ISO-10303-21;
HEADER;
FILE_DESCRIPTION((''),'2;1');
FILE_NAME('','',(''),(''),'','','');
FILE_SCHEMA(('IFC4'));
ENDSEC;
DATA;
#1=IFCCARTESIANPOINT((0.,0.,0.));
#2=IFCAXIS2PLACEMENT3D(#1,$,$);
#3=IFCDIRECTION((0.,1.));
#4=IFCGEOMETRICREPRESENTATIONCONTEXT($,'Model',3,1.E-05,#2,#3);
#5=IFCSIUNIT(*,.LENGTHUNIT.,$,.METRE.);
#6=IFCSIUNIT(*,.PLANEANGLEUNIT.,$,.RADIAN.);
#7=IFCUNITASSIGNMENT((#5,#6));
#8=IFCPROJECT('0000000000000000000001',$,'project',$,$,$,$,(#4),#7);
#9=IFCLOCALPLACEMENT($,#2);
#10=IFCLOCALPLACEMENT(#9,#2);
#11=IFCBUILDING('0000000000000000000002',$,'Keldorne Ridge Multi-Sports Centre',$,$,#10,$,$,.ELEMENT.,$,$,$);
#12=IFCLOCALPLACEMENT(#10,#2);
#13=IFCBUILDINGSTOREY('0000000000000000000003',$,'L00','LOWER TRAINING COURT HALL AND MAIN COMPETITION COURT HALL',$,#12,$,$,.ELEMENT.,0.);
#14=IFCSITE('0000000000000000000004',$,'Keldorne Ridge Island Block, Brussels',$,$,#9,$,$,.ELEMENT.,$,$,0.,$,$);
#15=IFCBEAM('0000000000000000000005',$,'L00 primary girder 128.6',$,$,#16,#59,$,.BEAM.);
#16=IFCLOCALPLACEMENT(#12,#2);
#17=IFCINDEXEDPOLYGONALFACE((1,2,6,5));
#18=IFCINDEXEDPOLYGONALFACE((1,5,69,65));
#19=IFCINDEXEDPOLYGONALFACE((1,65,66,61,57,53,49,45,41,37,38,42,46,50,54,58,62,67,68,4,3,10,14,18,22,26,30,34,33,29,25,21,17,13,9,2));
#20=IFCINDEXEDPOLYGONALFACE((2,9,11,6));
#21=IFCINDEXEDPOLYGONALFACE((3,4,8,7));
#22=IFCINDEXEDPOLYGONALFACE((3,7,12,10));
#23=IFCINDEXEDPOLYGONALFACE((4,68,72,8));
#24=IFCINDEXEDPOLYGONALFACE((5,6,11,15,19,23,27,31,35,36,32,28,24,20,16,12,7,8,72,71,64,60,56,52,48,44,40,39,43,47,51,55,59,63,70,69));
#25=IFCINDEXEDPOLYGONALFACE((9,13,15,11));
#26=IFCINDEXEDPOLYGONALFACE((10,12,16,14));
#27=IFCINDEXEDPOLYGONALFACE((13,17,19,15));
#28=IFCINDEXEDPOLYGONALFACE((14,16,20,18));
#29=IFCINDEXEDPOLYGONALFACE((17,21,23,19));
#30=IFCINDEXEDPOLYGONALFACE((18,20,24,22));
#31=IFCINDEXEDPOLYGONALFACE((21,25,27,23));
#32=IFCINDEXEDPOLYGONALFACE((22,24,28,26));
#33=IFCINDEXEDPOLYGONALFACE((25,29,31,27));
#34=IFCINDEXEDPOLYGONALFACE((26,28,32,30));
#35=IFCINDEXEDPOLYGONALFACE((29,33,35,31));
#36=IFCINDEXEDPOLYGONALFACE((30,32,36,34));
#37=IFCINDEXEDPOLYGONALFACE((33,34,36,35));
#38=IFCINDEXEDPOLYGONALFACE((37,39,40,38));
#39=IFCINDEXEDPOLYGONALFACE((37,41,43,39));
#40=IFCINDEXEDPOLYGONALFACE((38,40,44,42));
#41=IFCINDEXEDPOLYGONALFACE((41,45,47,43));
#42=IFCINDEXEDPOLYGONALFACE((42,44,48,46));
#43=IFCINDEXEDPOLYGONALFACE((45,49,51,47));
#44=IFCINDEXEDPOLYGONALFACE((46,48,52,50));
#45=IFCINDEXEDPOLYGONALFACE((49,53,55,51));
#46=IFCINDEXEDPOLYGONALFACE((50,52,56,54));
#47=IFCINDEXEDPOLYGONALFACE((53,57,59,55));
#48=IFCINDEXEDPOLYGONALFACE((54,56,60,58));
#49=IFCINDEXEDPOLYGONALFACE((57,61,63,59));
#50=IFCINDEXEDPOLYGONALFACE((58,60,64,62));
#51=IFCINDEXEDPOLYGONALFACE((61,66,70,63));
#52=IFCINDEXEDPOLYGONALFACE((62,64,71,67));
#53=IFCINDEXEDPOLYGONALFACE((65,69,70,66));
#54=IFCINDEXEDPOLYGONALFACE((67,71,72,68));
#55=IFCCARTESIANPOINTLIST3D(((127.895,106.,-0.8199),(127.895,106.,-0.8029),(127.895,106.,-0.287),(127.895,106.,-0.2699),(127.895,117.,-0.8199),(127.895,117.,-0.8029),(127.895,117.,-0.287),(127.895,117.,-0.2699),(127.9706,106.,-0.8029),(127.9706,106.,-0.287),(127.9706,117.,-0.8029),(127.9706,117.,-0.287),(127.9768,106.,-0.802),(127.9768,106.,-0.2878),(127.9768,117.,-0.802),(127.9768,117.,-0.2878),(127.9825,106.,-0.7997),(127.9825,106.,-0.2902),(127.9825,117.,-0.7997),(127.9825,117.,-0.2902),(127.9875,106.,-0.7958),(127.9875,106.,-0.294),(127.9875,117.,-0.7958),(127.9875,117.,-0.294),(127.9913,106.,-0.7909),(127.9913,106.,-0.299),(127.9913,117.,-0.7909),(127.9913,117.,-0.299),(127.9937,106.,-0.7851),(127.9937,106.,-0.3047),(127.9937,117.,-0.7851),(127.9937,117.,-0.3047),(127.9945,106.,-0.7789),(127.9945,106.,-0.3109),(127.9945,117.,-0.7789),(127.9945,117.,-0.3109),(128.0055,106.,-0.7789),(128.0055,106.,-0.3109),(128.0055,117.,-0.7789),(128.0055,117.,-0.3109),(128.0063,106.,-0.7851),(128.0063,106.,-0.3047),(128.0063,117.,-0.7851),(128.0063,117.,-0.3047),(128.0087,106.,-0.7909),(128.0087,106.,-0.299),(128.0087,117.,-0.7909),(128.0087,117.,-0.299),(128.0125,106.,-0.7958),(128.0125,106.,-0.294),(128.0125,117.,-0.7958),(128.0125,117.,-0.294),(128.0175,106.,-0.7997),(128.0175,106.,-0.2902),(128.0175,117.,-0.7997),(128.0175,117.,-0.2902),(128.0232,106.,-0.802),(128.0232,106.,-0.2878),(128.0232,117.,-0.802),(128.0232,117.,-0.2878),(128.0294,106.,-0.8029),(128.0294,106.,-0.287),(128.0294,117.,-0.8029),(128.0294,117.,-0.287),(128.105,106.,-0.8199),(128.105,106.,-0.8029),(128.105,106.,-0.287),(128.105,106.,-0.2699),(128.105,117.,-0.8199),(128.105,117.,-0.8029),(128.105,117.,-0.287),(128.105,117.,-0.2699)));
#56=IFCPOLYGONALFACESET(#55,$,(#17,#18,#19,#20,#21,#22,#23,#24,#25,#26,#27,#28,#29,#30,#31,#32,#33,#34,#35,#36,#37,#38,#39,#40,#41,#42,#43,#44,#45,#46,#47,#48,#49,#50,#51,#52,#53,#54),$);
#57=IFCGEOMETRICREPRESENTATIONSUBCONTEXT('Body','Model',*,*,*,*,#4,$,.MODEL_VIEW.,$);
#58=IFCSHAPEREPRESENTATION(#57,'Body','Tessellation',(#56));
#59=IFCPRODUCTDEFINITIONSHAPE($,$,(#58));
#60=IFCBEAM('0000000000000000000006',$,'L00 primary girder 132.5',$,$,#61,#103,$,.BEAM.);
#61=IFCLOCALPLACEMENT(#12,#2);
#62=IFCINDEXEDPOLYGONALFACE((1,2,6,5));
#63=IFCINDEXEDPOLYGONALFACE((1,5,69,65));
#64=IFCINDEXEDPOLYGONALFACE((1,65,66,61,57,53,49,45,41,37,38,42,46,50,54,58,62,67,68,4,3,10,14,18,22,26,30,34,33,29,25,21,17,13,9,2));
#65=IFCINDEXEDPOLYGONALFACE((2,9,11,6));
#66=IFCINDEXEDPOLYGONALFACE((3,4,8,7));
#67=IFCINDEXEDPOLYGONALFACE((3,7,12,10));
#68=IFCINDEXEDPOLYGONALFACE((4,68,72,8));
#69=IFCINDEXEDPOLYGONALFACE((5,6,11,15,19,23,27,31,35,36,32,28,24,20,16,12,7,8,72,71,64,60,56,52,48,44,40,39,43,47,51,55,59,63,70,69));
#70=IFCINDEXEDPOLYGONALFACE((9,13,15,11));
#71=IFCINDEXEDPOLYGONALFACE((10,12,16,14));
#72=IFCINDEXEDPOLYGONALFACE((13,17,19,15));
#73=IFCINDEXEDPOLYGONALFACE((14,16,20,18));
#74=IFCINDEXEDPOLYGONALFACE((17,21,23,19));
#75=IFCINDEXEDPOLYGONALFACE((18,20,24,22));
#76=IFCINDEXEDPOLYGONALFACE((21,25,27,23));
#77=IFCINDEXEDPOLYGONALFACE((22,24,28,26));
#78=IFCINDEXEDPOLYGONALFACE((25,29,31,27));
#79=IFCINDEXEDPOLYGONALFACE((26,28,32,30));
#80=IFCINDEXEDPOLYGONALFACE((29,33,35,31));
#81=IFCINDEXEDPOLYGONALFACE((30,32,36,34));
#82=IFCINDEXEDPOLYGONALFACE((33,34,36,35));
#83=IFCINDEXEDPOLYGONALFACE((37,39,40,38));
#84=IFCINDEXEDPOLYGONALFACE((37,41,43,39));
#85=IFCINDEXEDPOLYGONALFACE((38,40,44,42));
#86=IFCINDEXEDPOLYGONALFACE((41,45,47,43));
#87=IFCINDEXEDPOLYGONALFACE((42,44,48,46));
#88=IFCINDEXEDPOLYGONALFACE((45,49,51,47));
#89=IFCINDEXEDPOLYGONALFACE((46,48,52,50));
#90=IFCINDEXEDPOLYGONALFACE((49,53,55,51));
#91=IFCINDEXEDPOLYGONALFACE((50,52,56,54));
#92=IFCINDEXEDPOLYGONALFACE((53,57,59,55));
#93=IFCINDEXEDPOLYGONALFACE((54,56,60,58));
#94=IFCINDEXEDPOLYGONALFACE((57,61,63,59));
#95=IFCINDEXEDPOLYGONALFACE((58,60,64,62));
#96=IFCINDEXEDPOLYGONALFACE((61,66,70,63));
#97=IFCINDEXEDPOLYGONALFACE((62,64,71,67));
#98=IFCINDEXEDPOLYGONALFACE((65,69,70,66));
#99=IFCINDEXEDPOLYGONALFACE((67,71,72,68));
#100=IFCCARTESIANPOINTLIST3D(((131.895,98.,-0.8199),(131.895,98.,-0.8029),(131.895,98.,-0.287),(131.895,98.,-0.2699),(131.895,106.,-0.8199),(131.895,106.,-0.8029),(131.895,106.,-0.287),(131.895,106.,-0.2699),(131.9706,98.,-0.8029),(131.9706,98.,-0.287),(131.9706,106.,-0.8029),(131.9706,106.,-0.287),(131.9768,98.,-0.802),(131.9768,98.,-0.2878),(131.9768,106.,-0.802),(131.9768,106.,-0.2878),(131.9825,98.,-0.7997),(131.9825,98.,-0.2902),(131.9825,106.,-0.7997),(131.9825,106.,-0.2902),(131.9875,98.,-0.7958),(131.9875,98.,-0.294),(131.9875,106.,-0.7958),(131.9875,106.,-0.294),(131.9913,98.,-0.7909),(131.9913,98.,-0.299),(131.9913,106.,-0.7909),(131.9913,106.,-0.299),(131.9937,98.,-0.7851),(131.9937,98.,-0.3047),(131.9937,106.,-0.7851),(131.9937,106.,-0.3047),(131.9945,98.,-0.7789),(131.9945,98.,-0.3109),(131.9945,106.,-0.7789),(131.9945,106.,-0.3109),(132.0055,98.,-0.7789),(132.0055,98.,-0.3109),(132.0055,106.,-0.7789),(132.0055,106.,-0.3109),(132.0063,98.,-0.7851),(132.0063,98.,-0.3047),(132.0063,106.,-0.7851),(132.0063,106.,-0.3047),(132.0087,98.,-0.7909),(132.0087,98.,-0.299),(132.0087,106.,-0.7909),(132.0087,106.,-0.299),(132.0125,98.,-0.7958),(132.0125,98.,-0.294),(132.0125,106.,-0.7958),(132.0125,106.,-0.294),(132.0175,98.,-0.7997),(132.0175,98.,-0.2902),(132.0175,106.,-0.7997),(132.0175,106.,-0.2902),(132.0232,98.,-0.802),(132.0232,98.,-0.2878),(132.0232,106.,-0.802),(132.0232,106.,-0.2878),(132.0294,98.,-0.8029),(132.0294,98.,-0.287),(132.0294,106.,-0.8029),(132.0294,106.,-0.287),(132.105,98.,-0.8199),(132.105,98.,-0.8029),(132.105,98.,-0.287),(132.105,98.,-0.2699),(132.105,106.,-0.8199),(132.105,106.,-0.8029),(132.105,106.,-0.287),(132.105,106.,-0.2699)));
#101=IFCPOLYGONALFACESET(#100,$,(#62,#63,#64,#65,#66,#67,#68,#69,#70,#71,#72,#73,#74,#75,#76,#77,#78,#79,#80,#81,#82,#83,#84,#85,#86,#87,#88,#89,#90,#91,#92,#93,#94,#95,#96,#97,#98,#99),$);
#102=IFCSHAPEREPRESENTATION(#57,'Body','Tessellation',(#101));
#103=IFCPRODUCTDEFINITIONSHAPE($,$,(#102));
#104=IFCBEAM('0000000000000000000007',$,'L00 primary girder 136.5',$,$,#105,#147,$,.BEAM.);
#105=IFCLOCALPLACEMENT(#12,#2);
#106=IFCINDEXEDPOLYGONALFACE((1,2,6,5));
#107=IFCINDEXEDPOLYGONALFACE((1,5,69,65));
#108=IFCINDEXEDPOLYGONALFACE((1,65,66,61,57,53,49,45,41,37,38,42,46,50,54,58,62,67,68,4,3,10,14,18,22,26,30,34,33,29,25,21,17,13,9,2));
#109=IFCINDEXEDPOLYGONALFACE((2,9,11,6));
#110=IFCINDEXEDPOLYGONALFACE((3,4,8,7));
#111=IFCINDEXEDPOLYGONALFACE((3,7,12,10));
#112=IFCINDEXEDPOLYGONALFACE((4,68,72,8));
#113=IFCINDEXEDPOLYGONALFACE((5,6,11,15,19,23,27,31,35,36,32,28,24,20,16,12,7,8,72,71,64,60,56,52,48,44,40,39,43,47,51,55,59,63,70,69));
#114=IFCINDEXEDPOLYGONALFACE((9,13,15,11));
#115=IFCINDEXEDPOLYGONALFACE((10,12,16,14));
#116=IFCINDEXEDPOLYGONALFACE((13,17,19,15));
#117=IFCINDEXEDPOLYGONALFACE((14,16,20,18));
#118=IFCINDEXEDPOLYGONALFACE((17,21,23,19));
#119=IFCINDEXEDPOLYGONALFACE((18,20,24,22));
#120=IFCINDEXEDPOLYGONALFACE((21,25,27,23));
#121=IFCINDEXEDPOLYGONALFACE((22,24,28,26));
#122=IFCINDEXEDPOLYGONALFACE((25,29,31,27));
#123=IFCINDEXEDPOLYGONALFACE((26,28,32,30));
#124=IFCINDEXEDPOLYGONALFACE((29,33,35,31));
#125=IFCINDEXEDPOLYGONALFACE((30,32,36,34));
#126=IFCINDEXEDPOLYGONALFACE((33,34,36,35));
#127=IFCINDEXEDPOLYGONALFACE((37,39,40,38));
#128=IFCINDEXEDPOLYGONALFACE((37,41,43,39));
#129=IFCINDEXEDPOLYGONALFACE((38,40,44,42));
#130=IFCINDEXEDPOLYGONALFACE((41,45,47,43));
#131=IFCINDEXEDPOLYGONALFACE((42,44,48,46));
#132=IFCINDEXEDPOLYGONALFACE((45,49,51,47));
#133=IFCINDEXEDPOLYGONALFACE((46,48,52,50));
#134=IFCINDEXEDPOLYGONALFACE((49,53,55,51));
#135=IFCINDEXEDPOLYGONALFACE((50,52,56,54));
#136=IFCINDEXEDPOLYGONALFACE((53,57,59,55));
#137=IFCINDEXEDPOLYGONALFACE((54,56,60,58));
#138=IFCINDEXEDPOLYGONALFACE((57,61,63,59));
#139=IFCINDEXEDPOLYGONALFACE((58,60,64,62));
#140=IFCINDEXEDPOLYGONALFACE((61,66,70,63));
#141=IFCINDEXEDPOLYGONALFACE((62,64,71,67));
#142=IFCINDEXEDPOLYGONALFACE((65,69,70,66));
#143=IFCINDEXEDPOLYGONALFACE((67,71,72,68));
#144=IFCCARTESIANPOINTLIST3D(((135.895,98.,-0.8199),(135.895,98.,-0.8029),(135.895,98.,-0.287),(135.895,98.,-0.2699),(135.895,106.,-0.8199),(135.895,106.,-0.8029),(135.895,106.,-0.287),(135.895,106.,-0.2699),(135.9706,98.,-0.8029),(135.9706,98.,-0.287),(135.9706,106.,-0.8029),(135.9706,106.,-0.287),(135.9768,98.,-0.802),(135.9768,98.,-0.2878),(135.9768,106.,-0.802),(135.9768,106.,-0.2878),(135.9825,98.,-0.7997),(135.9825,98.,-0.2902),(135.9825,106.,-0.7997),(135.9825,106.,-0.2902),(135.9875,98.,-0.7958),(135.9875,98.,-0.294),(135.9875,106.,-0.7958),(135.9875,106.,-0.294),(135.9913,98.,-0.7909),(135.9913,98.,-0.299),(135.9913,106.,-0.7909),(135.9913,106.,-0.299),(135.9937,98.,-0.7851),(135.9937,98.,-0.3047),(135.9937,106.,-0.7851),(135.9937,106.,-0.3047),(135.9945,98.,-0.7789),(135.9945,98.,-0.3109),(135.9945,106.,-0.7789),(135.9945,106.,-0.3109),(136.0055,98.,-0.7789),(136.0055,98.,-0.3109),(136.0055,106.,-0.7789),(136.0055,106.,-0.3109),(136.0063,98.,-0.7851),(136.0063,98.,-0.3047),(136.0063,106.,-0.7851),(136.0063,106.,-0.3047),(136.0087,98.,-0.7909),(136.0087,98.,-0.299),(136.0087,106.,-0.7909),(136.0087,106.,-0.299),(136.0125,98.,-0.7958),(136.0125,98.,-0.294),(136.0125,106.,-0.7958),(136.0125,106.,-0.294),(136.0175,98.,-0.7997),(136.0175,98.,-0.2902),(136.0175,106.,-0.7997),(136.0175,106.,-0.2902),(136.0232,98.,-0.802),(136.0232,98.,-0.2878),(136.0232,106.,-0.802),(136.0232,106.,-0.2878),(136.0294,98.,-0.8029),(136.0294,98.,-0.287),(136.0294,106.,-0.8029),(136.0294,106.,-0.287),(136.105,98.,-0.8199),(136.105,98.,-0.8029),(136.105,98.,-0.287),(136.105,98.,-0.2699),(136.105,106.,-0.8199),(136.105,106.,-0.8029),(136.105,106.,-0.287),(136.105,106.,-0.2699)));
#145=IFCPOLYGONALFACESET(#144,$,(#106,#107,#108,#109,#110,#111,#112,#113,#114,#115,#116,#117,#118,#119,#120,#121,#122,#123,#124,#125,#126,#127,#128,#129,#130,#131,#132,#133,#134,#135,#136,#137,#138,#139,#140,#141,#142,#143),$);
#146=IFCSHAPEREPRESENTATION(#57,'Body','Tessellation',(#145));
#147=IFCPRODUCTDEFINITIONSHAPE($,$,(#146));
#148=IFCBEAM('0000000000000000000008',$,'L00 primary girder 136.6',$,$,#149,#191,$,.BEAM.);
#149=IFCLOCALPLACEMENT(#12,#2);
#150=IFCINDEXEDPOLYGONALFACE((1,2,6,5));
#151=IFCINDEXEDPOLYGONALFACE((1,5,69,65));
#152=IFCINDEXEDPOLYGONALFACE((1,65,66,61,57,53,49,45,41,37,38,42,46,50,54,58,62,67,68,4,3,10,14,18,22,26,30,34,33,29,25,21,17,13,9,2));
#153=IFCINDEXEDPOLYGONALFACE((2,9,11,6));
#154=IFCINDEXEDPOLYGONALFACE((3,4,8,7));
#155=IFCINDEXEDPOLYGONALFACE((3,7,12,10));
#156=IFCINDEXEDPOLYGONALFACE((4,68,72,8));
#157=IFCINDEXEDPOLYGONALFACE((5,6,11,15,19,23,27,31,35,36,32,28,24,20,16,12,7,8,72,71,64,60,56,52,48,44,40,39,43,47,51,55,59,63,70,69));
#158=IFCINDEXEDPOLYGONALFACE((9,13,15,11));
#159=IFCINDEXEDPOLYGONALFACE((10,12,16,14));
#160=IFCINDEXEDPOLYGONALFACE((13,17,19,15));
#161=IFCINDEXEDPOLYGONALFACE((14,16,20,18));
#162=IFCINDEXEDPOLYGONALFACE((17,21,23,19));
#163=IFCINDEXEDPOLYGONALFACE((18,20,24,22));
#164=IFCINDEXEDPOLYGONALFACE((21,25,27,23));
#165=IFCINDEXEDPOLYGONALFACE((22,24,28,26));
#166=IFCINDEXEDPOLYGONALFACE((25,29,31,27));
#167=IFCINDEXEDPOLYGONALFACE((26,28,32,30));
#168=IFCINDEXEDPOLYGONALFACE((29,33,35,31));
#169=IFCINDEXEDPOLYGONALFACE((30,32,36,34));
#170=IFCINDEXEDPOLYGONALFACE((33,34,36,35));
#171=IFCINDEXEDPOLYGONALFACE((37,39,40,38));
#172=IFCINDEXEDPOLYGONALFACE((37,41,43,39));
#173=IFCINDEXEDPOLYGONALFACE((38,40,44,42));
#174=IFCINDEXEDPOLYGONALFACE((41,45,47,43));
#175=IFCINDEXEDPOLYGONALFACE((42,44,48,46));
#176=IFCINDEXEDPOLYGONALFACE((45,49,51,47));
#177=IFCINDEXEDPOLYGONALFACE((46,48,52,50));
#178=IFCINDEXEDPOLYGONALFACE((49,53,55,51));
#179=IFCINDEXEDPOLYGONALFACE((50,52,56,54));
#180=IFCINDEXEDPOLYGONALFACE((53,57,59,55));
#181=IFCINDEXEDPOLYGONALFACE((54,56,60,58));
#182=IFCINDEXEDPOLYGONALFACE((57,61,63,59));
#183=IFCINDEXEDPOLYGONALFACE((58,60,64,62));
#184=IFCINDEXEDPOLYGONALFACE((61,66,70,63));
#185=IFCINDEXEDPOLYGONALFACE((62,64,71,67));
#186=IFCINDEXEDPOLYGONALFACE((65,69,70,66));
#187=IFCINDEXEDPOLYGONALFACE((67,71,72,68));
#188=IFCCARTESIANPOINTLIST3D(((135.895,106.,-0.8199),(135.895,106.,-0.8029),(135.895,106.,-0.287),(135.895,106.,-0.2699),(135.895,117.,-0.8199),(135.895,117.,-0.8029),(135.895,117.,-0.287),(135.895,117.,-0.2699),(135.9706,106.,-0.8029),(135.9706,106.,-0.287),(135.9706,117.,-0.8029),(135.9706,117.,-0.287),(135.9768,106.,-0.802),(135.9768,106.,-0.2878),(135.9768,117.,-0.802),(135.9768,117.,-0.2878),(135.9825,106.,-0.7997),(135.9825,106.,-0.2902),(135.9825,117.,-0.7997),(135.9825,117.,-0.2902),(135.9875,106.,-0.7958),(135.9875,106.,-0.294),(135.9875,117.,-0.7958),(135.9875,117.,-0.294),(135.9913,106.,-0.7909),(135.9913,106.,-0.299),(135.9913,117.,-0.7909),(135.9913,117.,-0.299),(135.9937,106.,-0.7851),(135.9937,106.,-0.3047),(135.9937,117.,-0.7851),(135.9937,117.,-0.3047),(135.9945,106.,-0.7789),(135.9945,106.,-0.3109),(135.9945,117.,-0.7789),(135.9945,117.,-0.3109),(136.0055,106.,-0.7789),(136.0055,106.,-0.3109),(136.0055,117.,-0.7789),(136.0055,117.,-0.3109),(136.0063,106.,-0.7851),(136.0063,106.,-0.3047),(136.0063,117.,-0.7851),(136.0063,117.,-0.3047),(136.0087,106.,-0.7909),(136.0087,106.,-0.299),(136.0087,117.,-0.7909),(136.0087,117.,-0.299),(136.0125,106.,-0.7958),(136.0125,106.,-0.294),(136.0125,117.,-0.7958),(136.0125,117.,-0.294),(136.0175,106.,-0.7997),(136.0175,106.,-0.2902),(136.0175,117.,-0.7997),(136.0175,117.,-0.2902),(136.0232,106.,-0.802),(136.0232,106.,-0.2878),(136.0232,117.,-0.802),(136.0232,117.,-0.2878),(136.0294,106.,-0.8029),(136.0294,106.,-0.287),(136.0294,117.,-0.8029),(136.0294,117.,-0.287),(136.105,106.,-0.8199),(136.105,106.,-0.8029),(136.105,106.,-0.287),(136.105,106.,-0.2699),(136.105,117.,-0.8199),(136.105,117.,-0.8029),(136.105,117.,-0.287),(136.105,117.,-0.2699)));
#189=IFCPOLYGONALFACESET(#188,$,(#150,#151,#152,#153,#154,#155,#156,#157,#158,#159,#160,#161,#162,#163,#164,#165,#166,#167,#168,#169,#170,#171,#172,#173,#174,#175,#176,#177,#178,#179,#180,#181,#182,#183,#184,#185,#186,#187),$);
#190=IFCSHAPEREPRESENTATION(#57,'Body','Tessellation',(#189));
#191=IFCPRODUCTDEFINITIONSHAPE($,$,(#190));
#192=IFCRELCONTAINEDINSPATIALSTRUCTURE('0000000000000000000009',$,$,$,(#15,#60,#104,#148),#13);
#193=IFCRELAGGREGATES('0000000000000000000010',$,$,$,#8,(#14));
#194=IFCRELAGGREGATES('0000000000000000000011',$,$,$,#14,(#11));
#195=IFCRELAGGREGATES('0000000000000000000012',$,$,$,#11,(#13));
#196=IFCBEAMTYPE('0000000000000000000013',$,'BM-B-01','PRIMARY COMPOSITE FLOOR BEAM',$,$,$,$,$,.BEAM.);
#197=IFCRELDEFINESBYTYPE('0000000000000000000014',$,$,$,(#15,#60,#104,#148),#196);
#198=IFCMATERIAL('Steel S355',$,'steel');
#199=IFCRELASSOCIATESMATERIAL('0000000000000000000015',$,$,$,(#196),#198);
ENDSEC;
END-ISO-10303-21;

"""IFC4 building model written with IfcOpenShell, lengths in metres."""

from ifc_helpers import new_model, si_unit, direction, frame, origin, origin_2d, place, context, subcontext, project, spatial, i_section, extrude, material, material_profile, profile_set, type_object, element, save


model = new_model("IFC4")

# Units and contexts
model_context = context("Model", 3, precision=1e-05, world=origin(), true_north=direction((0.0, 1.0)))
body_context = subcontext(model_context, "Body", "Model", "MODEL_VIEW")
ifc_project = project(units=[si_unit("LENGTHUNIT", "METRE"), si_unit("PLANEANGLEUNIT", "RADIAN")], contexts=[model_context])

# Site, building, storey
site_placement = place(None, origin())
site = spatial("IfcSite", under=ifc_project, at=site_placement, Name="Keldorne Ridge Island Block, Brussels", CompositionType="ELEMENT", RefElevation=0.0)
building_placement = place(site_placement, origin())
building = spatial("IfcBuilding", under=site, at=building_placement, Name="Keldorne Ridge Multi-Sports Centre", CompositionType="ELEMENT")
storey_placement = place(building_placement, origin())
storey = spatial("IfcBuildingStorey", under=building, at=storey_placement, Name="L00", Description="LOWER TRAINING COURT HALL AND MAIN COMPETITION COURT HALL", CompositionType="ELEMENT", Elevation=0.0)

# Shared definitions
ifc_material_1 = material(Name="Steel S355", Category="steel")

# Beams
ifc_material_profile_1 = material_profile(ifc_material_1, i_section(OverallWidth=0.21, OverallDepth=0.55, WebThickness=0.011, FlangeThickness=0.0171, FilletRadius=0.0239, at=origin_2d()), Name="IPE 550")
ifc_profile_set_1 = profile_set([ifc_material_profile_1], Name="Steel S355")
beam_type_1 = type_object("IfcBeamType", Name="BM-B-01", Description="PRIMARY COMPOSITE FLOOR BEAM", PredefinedType="BEAM", material=ifc_profile_set_1)
beam_1_placement = place(storey_placement, frame((128.0, 106.0, -0.5449), z_axis=(0.0, 1.0, 0.0), x_axis=(-1.0, 0.0, 0.0)))
element("IfcBeam", 1, at=beam_1_placement, inside=storey, type_object=beam_type_1, Name="L00 primary girder 128.6", PredefinedType="BEAM", context=body_context, shape_type="SweptSolid", body=[
    extrude(i_section(OverallWidth=0.21, OverallDepth=0.55, WebThickness=0.011, FlangeThickness=0.0171, FilletRadius=0.0239, at=origin_2d()), origin(), (0.0, 0.0, 1.0), 11.0),
])
for number, where, z_axis, x_axis, name in (
    (2, (132.0, 98.0, -0.5449), (0.0, 1.0, 0.0), (-1.0, 0.0, 0.0), "L00 primary girder 132.5"),
    (3, (136.0, 98.0, -0.5449), (0.0, 1.0, 0.0), (-1.0, 0.0, 0.0), "L00 primary girder 136.5"),
):
    element("IfcBeam", number, at=place(storey_placement, frame(where, z_axis=z_axis, x_axis=x_axis)), inside=storey, type_object=beam_type_1, Name=name, PredefinedType="BEAM", context=body_context, shape_type="SweptSolid", body=[
        extrude(i_section(OverallWidth=0.21, OverallDepth=0.55, WebThickness=0.011, FlangeThickness=0.0171, FilletRadius=0.0239, at=origin_2d()), origin(), (0.0, 0.0, 1.0), 8.0),
    ])
beam_2_placement = place(storey_placement, frame((136.0, 106.0, -0.5449), z_axis=(0.0, 1.0, 0.0), x_axis=(-1.0, 0.0, 0.0)))
element("IfcBeam", 4, at=beam_2_placement, inside=storey, type_object=beam_type_1, Name="L00 primary girder 136.6", PredefinedType="BEAM", context=body_context, shape_type="SweptSolid", body=[
    extrude(i_section(OverallWidth=0.21, OverallDepth=0.55, WebThickness=0.011, FlangeThickness=0.0171, FilletRadius=0.0239, at=origin_2d()), origin(), (0.0, 0.0, 1.0), 11.0),
])

save(model, "model.ifc")
